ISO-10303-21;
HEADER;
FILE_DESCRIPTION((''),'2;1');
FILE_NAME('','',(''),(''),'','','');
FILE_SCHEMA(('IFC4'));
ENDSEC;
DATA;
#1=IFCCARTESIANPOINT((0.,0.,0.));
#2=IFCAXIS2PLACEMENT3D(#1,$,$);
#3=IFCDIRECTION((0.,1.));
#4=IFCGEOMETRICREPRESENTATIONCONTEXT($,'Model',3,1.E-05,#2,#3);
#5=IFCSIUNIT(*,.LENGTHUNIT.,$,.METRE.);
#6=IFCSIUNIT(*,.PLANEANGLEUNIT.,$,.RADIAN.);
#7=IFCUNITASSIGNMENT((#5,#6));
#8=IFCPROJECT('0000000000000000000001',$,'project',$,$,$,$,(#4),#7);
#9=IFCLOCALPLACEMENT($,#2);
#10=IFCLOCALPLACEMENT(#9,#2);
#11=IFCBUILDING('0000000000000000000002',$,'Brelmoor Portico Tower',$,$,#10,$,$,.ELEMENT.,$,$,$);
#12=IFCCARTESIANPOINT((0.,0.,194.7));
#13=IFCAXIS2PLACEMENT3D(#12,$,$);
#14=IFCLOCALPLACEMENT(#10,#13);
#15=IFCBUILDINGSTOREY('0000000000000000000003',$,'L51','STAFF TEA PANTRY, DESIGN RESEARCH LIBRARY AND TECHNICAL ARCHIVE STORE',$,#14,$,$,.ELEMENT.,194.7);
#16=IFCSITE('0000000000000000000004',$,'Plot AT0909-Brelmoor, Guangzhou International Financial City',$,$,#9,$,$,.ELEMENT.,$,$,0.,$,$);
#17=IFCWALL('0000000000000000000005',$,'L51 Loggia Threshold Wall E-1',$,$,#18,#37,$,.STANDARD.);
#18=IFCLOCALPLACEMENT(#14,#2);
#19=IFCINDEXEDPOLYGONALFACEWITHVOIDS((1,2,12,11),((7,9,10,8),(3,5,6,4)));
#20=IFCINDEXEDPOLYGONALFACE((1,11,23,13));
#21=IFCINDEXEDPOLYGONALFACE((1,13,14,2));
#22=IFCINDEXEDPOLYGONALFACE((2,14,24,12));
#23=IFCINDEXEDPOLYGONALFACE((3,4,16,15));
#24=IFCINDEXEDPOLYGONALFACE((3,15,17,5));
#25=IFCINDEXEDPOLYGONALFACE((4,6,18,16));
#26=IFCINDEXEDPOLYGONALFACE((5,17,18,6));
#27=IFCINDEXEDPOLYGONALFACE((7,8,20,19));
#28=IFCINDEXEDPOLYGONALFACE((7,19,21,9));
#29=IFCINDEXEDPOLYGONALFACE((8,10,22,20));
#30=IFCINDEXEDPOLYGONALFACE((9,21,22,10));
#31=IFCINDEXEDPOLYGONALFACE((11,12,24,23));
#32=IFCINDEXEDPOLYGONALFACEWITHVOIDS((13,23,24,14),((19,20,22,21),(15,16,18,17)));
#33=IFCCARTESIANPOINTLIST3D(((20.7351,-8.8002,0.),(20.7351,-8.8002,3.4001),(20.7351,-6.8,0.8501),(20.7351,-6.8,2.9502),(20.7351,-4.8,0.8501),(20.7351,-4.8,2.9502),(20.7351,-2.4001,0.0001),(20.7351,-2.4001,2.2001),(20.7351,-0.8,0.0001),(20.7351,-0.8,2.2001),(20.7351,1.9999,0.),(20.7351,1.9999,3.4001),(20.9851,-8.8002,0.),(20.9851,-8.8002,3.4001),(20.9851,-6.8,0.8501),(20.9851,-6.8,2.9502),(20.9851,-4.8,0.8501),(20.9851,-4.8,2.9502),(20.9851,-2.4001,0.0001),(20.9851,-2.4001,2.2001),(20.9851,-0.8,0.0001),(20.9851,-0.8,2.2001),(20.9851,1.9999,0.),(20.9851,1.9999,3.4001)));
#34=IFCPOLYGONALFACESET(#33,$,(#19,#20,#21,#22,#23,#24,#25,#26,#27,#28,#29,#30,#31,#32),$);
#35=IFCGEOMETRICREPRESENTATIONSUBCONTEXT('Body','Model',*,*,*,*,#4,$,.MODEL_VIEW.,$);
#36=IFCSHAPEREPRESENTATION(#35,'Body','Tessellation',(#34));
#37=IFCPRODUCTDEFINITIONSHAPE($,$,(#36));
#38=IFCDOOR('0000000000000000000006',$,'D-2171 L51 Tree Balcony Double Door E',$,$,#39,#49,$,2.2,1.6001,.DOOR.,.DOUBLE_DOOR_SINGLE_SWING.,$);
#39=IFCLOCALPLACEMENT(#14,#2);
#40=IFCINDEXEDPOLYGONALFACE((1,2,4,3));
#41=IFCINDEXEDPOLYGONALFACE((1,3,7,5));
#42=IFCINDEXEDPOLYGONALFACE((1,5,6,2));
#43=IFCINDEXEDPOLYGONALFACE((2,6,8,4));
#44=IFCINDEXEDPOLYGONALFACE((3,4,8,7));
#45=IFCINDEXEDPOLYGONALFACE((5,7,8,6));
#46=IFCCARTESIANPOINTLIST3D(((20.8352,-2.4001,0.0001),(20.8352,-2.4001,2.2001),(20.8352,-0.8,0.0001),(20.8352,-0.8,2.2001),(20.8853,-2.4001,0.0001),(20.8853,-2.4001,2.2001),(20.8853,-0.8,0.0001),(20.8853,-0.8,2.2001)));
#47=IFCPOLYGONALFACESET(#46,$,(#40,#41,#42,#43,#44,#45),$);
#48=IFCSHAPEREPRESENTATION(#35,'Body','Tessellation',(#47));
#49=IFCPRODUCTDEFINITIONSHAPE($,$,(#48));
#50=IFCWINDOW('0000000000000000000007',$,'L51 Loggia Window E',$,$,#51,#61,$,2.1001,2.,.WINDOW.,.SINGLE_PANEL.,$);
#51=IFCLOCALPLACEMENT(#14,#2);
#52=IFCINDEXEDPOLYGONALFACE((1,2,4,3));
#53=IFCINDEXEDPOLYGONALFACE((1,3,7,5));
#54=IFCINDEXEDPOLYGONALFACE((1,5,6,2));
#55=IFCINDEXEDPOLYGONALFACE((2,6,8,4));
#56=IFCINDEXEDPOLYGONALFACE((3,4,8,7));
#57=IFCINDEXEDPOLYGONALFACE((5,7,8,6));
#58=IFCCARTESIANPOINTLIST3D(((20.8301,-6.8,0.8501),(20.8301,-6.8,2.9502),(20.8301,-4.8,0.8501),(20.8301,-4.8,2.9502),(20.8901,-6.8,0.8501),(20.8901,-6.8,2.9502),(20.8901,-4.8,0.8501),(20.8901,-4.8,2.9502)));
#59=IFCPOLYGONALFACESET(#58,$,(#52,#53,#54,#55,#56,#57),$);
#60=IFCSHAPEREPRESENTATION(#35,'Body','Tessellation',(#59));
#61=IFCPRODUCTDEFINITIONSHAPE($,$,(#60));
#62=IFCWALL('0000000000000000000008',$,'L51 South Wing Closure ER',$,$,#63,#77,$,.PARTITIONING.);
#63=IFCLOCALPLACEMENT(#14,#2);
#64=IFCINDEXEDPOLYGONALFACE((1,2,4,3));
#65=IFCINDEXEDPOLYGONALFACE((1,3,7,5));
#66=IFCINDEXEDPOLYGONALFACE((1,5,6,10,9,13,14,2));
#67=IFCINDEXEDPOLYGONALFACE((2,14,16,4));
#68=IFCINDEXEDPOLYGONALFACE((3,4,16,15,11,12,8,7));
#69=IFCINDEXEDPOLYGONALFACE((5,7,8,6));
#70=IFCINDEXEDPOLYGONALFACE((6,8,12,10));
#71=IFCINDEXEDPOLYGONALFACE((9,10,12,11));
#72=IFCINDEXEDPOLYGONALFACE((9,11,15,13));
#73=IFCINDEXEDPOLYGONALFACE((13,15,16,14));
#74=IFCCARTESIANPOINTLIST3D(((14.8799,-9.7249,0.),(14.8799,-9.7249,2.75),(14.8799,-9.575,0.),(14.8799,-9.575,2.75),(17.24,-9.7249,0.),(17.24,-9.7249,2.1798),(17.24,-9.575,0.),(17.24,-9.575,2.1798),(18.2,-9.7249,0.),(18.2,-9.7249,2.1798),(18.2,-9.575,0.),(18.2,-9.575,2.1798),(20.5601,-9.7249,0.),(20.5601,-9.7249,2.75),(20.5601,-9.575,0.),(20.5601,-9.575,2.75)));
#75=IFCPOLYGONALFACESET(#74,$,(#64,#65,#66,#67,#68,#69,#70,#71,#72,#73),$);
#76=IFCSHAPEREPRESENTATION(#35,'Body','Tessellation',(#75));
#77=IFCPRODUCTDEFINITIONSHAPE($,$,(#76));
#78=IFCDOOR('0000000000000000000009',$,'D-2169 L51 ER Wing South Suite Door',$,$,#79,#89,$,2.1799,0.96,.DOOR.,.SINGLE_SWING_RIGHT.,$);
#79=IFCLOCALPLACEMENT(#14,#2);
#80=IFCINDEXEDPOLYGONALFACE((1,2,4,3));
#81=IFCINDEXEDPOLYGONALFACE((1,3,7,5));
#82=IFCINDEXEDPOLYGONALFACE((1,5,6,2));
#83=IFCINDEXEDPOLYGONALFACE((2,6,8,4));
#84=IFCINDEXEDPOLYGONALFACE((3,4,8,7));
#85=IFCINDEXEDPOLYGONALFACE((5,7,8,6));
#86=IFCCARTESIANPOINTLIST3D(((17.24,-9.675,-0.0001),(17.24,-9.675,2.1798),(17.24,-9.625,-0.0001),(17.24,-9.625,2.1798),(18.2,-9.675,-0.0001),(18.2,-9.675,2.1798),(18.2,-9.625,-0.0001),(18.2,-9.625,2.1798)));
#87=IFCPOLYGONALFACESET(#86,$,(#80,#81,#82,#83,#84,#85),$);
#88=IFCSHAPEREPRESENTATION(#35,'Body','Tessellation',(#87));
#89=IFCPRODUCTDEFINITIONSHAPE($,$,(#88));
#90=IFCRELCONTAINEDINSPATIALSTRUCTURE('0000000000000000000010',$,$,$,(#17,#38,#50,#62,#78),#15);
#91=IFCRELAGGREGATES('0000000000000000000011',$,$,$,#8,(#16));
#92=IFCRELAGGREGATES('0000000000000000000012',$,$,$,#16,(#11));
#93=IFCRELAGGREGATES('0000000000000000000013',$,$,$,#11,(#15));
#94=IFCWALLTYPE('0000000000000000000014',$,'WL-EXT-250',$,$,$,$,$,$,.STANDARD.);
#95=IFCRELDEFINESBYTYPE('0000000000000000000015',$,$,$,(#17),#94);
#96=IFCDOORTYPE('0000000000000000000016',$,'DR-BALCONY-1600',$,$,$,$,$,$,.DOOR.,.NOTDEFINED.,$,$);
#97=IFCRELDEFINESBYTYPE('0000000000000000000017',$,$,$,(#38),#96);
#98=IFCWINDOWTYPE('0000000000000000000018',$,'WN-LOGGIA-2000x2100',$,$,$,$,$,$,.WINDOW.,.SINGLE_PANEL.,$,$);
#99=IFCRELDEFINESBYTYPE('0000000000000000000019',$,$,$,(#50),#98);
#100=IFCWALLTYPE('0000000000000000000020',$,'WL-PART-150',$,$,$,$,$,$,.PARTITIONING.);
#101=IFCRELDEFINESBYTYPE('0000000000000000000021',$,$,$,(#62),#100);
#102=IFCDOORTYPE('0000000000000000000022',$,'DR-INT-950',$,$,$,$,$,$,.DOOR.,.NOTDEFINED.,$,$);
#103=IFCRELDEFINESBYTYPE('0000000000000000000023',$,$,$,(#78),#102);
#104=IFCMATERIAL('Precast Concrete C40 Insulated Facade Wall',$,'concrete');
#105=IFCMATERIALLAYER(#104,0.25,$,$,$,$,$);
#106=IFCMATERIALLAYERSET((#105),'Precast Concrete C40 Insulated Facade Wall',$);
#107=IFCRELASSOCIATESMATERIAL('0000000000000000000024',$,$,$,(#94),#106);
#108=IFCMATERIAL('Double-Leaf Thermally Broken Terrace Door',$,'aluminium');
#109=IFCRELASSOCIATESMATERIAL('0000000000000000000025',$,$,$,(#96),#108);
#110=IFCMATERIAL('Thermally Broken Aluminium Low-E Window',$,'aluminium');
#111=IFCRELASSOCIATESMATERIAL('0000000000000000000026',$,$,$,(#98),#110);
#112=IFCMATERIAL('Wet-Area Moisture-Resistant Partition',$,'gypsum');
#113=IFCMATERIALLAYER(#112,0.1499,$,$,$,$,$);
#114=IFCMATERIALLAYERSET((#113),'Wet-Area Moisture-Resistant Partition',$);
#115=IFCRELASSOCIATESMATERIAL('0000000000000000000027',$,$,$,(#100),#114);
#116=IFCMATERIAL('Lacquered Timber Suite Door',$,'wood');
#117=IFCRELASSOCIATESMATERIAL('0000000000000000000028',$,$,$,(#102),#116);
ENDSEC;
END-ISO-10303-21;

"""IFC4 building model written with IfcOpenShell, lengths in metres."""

from ifc_helpers import new_model, si_unit, direction, frame, frame_2d, origin, place, context, subcontext, project, spatial, rectangle, extrude, material, layer, layer_set, type_object, element, fill, save


model = new_model("IFC4")

# Units and contexts
model_context = context("Model", 3, precision=1e-05, world=origin(), true_north=direction((0.0, 1.0)))
body_context = subcontext(model_context, "Body", "Model", "MODEL_VIEW")
ifc_project = project(units=[si_unit("LENGTHUNIT", "METRE"), si_unit("PLANEANGLEUNIT", "RADIAN")], contexts=[model_context])

# Site, building, storey
site_placement = place(None, origin())
site = spatial("IfcSite", under=ifc_project, at=site_placement, Name="Plot AT0909-Brelmoor, Guangzhou International Financial City", CompositionType="ELEMENT", RefElevation=0.0)
building_placement = place(site_placement, origin())
building = spatial("IfcBuilding", under=site, at=building_placement, Name="Brelmoor Portico Tower", CompositionType="ELEMENT")
storey_placement = place(building_placement, frame((0.0, 0.0, 194.7)))
storey = spatial("IfcBuildingStorey", under=building, at=storey_placement, Name="L51", Description="STAFF TEA PANTRY, DESIGN RESEARCH LIBRARY AND TECHNICAL ARCHIVE STORE", CompositionType="ELEMENT", Elevation=194.7)

# Wall, openings, door, window
ifc_material_1 = material(Name="Precast Concrete C40 Insulated Facade Wall", Category="concrete")
ifc_layer_1 = layer(ifc_material_1, 0.25)
ifc_layer_set_1 = layer_set([ifc_layer_1], Name="Precast Concrete C40 Insulated Facade Wall")
wall_type_1 = type_object("IfcWallType", Name="WL-EXT-250", PredefinedType="STANDARD", material=ifc_layer_set_1)
wall_1_placement = place(storey_placement, frame((20.8601, -8.8, 0.0), z_axis=(0.0, 0.0, 1.0), x_axis=(0.0, 1.0, 0.0)))
wall_1 = element("IfcWall", 1, at=wall_1_placement, inside=storey, type_object=wall_type_1, Name="L51 Loggia Threshold Wall E-1", PredefinedType="STANDARD", context=body_context, shape_type="SweptSolid", body=[
    extrude(rectangle(XDim=10.8, YDim=0.25, at=frame_2d((5.3999, 0.0))), origin(), (0.0, 0.0, 1.0), 3.4001),
])
opening_1_placement = place(wall_1_placement, frame((6.3999, 0.0, 0.0)))
opening_1 = element("IfcOpeningElement", 2, at=opening_1_placement, cuts=wall_1, PredefinedType="OPENING", context=body_context, shape_type="SweptSolid", body=[
    extrude(rectangle(XDim=1.6001, YDim=2.2, at=frame_2d((0.8, 1.1001))), frame((0.0, 0.135, 0.0), z_axis=(0.0, -1.0, 0.0), x_axis=(1.0, 0.0, 0.0)), (0.0, 0.0, 1.0), 0.27),
])
opening_2_placement = place(wall_1_placement, frame((2.0, 0.0, 0.8501)))
opening_2 = element("IfcOpeningElement", 3, at=opening_2_placement, cuts=wall_1, PredefinedType="OPENING", context=body_context, shape_type="SweptSolid", body=[
    extrude(rectangle(XDim=2.0, YDim=2.1001, at=frame_2d((1.0, 1.05))), frame((0.0, 0.135, 0.0), z_axis=(0.0, -1.0, 0.0), x_axis=(1.0, 0.0, 0.0)), (0.0, 0.0, 1.0), 0.27),
])
ifc_material_2 = material(Name="Double-Leaf Thermally Broken Terrace Door", Category="aluminium")
door_type_1 = type_object("IfcDoorType", Name="DR-BALCONY-1600", OperationType="NOTDEFINED", PredefinedType="DOOR", material=ifc_material_2)
door_1_placement = place(opening_1_placement, origin())
door_1 = element("IfcDoor", 4, at=door_1_placement, inside=storey, type_object=door_type_1, Name="D-2171 L51 Tree Balcony Double Door E", OperationType="DOUBLE_DOOR_SINGLE_SWING", OverallHeight=2.2, OverallWidth=1.6001, PredefinedType="DOOR", context=body_context, shape_type="SweptSolid", body=[
    extrude(rectangle(XDim=1.6001, YDim=2.2, at=frame_2d((0.8, 1.1001))), frame((0.0, 0.0249, 0.0), z_axis=(0.0, -1.0, 0.0), x_axis=(1.0, 0.0, 0.0)), (0.0, 0.0, 1.0), 0.05),
])
fill(opening_1, door_1)
ifc_material_3 = material(Name="Thermally Broken Aluminium Low-E Window", Category="aluminium")
window_type = type_object("IfcWindowType", Name="WN-LOGGIA-2000x2100", PartitioningType="SINGLE_PANEL", PredefinedType="WINDOW", material=ifc_material_3)
window_placement = place(opening_2_placement, origin())
window = element("IfcWindow", 5, at=window_placement, inside=storey, type_object=window_type, Name="L51 Loggia Window E", OverallHeight=2.1001, OverallWidth=2.0, PartitioningType="SINGLE_PANEL", PredefinedType="WINDOW", context=body_context, shape_type="SweptSolid", body=[
    extrude(rectangle(XDim=2.0, YDim=2.1001, at=frame_2d((1.0, 1.05))), frame((0.0, 0.03, 0.0), z_axis=(0.0, -1.0, 0.0), x_axis=(1.0, 0.0, 0.0)), (0.0, 0.0, 1.0), 0.0601),
])
fill(opening_2, window)

# Wall, opening, door
ifc_material_4 = material(Name="Wet-Area Moisture-Resistant Partition", Category="gypsum")
ifc_layer_2 = layer(ifc_material_4, 0.1499)
ifc_layer_set_2 = layer_set([ifc_layer_2], Name="Wet-Area Moisture-Resistant Partition")
wall_type_2 = type_object("IfcWallType", Name="WL-PART-150", PredefinedType="PARTITIONING", material=ifc_layer_set_2)
wall_2_placement = place(storey_placement, frame((14.8799, -9.6499, 0.0), z_axis=(0.0, 0.0, 1.0), x_axis=(1.0, 0.0, 0.0)))
wall_2 = element("IfcWall", 6, at=wall_2_placement, inside=storey, type_object=wall_type_2, Name="L51 South Wing Closure ER", PredefinedType="PARTITIONING", context=body_context, shape_type="SweptSolid", body=[
    extrude(rectangle(XDim=5.6802, YDim=0.1499, at=frame_2d((2.8401, 0.0))), origin(), (0.0, 0.0, 1.0), 2.75),
])
opening_3_placement = place(wall_2_placement, frame((2.3601, 0.0, 0.0)))
opening_3 = element("IfcOpeningElement", 7, at=opening_3_placement, cuts=wall_2, PredefinedType="OPENING", context=body_context, shape_type="SweptSolid", body=[
    extrude(rectangle(XDim=0.96, YDim=2.1799, at=frame_2d((0.48, 1.0898))), frame((0.0, 0.085, 0.0), z_axis=(0.0, -1.0, 0.0), x_axis=(1.0, 0.0, 0.0)), (0.0, 0.0, 1.0), 0.1699),
])
ifc_material_5 = material(Name="Lacquered Timber Suite Door", Category="wood")
door_type_2 = type_object("IfcDoorType", Name="DR-INT-950", OperationType="NOTDEFINED", PredefinedType="DOOR", material=ifc_material_5)
door_2_placement = place(opening_3_placement, origin())
door_2 = element("IfcDoor", 8, at=door_2_placement, inside=storey, type_object=door_type_2, Name="D-2169 L51 ER Wing South Suite Door", OperationType="SINGLE_SWING_RIGHT", OverallHeight=2.1799, OverallWidth=0.96, PredefinedType="DOOR", context=body_context, shape_type="SweptSolid", body=[
    extrude(rectangle(XDim=0.96, YDim=2.1799, at=frame_2d((0.48, 1.0898))), frame((0.0, 0.0249, 0.0), z_axis=(0.0, -1.0, 0.0), x_axis=(1.0, 0.0, 0.0)), (0.0, 0.0, 1.0), 0.05),
])
fill(opening_3, door_2)

save(model, "model.ifc")
